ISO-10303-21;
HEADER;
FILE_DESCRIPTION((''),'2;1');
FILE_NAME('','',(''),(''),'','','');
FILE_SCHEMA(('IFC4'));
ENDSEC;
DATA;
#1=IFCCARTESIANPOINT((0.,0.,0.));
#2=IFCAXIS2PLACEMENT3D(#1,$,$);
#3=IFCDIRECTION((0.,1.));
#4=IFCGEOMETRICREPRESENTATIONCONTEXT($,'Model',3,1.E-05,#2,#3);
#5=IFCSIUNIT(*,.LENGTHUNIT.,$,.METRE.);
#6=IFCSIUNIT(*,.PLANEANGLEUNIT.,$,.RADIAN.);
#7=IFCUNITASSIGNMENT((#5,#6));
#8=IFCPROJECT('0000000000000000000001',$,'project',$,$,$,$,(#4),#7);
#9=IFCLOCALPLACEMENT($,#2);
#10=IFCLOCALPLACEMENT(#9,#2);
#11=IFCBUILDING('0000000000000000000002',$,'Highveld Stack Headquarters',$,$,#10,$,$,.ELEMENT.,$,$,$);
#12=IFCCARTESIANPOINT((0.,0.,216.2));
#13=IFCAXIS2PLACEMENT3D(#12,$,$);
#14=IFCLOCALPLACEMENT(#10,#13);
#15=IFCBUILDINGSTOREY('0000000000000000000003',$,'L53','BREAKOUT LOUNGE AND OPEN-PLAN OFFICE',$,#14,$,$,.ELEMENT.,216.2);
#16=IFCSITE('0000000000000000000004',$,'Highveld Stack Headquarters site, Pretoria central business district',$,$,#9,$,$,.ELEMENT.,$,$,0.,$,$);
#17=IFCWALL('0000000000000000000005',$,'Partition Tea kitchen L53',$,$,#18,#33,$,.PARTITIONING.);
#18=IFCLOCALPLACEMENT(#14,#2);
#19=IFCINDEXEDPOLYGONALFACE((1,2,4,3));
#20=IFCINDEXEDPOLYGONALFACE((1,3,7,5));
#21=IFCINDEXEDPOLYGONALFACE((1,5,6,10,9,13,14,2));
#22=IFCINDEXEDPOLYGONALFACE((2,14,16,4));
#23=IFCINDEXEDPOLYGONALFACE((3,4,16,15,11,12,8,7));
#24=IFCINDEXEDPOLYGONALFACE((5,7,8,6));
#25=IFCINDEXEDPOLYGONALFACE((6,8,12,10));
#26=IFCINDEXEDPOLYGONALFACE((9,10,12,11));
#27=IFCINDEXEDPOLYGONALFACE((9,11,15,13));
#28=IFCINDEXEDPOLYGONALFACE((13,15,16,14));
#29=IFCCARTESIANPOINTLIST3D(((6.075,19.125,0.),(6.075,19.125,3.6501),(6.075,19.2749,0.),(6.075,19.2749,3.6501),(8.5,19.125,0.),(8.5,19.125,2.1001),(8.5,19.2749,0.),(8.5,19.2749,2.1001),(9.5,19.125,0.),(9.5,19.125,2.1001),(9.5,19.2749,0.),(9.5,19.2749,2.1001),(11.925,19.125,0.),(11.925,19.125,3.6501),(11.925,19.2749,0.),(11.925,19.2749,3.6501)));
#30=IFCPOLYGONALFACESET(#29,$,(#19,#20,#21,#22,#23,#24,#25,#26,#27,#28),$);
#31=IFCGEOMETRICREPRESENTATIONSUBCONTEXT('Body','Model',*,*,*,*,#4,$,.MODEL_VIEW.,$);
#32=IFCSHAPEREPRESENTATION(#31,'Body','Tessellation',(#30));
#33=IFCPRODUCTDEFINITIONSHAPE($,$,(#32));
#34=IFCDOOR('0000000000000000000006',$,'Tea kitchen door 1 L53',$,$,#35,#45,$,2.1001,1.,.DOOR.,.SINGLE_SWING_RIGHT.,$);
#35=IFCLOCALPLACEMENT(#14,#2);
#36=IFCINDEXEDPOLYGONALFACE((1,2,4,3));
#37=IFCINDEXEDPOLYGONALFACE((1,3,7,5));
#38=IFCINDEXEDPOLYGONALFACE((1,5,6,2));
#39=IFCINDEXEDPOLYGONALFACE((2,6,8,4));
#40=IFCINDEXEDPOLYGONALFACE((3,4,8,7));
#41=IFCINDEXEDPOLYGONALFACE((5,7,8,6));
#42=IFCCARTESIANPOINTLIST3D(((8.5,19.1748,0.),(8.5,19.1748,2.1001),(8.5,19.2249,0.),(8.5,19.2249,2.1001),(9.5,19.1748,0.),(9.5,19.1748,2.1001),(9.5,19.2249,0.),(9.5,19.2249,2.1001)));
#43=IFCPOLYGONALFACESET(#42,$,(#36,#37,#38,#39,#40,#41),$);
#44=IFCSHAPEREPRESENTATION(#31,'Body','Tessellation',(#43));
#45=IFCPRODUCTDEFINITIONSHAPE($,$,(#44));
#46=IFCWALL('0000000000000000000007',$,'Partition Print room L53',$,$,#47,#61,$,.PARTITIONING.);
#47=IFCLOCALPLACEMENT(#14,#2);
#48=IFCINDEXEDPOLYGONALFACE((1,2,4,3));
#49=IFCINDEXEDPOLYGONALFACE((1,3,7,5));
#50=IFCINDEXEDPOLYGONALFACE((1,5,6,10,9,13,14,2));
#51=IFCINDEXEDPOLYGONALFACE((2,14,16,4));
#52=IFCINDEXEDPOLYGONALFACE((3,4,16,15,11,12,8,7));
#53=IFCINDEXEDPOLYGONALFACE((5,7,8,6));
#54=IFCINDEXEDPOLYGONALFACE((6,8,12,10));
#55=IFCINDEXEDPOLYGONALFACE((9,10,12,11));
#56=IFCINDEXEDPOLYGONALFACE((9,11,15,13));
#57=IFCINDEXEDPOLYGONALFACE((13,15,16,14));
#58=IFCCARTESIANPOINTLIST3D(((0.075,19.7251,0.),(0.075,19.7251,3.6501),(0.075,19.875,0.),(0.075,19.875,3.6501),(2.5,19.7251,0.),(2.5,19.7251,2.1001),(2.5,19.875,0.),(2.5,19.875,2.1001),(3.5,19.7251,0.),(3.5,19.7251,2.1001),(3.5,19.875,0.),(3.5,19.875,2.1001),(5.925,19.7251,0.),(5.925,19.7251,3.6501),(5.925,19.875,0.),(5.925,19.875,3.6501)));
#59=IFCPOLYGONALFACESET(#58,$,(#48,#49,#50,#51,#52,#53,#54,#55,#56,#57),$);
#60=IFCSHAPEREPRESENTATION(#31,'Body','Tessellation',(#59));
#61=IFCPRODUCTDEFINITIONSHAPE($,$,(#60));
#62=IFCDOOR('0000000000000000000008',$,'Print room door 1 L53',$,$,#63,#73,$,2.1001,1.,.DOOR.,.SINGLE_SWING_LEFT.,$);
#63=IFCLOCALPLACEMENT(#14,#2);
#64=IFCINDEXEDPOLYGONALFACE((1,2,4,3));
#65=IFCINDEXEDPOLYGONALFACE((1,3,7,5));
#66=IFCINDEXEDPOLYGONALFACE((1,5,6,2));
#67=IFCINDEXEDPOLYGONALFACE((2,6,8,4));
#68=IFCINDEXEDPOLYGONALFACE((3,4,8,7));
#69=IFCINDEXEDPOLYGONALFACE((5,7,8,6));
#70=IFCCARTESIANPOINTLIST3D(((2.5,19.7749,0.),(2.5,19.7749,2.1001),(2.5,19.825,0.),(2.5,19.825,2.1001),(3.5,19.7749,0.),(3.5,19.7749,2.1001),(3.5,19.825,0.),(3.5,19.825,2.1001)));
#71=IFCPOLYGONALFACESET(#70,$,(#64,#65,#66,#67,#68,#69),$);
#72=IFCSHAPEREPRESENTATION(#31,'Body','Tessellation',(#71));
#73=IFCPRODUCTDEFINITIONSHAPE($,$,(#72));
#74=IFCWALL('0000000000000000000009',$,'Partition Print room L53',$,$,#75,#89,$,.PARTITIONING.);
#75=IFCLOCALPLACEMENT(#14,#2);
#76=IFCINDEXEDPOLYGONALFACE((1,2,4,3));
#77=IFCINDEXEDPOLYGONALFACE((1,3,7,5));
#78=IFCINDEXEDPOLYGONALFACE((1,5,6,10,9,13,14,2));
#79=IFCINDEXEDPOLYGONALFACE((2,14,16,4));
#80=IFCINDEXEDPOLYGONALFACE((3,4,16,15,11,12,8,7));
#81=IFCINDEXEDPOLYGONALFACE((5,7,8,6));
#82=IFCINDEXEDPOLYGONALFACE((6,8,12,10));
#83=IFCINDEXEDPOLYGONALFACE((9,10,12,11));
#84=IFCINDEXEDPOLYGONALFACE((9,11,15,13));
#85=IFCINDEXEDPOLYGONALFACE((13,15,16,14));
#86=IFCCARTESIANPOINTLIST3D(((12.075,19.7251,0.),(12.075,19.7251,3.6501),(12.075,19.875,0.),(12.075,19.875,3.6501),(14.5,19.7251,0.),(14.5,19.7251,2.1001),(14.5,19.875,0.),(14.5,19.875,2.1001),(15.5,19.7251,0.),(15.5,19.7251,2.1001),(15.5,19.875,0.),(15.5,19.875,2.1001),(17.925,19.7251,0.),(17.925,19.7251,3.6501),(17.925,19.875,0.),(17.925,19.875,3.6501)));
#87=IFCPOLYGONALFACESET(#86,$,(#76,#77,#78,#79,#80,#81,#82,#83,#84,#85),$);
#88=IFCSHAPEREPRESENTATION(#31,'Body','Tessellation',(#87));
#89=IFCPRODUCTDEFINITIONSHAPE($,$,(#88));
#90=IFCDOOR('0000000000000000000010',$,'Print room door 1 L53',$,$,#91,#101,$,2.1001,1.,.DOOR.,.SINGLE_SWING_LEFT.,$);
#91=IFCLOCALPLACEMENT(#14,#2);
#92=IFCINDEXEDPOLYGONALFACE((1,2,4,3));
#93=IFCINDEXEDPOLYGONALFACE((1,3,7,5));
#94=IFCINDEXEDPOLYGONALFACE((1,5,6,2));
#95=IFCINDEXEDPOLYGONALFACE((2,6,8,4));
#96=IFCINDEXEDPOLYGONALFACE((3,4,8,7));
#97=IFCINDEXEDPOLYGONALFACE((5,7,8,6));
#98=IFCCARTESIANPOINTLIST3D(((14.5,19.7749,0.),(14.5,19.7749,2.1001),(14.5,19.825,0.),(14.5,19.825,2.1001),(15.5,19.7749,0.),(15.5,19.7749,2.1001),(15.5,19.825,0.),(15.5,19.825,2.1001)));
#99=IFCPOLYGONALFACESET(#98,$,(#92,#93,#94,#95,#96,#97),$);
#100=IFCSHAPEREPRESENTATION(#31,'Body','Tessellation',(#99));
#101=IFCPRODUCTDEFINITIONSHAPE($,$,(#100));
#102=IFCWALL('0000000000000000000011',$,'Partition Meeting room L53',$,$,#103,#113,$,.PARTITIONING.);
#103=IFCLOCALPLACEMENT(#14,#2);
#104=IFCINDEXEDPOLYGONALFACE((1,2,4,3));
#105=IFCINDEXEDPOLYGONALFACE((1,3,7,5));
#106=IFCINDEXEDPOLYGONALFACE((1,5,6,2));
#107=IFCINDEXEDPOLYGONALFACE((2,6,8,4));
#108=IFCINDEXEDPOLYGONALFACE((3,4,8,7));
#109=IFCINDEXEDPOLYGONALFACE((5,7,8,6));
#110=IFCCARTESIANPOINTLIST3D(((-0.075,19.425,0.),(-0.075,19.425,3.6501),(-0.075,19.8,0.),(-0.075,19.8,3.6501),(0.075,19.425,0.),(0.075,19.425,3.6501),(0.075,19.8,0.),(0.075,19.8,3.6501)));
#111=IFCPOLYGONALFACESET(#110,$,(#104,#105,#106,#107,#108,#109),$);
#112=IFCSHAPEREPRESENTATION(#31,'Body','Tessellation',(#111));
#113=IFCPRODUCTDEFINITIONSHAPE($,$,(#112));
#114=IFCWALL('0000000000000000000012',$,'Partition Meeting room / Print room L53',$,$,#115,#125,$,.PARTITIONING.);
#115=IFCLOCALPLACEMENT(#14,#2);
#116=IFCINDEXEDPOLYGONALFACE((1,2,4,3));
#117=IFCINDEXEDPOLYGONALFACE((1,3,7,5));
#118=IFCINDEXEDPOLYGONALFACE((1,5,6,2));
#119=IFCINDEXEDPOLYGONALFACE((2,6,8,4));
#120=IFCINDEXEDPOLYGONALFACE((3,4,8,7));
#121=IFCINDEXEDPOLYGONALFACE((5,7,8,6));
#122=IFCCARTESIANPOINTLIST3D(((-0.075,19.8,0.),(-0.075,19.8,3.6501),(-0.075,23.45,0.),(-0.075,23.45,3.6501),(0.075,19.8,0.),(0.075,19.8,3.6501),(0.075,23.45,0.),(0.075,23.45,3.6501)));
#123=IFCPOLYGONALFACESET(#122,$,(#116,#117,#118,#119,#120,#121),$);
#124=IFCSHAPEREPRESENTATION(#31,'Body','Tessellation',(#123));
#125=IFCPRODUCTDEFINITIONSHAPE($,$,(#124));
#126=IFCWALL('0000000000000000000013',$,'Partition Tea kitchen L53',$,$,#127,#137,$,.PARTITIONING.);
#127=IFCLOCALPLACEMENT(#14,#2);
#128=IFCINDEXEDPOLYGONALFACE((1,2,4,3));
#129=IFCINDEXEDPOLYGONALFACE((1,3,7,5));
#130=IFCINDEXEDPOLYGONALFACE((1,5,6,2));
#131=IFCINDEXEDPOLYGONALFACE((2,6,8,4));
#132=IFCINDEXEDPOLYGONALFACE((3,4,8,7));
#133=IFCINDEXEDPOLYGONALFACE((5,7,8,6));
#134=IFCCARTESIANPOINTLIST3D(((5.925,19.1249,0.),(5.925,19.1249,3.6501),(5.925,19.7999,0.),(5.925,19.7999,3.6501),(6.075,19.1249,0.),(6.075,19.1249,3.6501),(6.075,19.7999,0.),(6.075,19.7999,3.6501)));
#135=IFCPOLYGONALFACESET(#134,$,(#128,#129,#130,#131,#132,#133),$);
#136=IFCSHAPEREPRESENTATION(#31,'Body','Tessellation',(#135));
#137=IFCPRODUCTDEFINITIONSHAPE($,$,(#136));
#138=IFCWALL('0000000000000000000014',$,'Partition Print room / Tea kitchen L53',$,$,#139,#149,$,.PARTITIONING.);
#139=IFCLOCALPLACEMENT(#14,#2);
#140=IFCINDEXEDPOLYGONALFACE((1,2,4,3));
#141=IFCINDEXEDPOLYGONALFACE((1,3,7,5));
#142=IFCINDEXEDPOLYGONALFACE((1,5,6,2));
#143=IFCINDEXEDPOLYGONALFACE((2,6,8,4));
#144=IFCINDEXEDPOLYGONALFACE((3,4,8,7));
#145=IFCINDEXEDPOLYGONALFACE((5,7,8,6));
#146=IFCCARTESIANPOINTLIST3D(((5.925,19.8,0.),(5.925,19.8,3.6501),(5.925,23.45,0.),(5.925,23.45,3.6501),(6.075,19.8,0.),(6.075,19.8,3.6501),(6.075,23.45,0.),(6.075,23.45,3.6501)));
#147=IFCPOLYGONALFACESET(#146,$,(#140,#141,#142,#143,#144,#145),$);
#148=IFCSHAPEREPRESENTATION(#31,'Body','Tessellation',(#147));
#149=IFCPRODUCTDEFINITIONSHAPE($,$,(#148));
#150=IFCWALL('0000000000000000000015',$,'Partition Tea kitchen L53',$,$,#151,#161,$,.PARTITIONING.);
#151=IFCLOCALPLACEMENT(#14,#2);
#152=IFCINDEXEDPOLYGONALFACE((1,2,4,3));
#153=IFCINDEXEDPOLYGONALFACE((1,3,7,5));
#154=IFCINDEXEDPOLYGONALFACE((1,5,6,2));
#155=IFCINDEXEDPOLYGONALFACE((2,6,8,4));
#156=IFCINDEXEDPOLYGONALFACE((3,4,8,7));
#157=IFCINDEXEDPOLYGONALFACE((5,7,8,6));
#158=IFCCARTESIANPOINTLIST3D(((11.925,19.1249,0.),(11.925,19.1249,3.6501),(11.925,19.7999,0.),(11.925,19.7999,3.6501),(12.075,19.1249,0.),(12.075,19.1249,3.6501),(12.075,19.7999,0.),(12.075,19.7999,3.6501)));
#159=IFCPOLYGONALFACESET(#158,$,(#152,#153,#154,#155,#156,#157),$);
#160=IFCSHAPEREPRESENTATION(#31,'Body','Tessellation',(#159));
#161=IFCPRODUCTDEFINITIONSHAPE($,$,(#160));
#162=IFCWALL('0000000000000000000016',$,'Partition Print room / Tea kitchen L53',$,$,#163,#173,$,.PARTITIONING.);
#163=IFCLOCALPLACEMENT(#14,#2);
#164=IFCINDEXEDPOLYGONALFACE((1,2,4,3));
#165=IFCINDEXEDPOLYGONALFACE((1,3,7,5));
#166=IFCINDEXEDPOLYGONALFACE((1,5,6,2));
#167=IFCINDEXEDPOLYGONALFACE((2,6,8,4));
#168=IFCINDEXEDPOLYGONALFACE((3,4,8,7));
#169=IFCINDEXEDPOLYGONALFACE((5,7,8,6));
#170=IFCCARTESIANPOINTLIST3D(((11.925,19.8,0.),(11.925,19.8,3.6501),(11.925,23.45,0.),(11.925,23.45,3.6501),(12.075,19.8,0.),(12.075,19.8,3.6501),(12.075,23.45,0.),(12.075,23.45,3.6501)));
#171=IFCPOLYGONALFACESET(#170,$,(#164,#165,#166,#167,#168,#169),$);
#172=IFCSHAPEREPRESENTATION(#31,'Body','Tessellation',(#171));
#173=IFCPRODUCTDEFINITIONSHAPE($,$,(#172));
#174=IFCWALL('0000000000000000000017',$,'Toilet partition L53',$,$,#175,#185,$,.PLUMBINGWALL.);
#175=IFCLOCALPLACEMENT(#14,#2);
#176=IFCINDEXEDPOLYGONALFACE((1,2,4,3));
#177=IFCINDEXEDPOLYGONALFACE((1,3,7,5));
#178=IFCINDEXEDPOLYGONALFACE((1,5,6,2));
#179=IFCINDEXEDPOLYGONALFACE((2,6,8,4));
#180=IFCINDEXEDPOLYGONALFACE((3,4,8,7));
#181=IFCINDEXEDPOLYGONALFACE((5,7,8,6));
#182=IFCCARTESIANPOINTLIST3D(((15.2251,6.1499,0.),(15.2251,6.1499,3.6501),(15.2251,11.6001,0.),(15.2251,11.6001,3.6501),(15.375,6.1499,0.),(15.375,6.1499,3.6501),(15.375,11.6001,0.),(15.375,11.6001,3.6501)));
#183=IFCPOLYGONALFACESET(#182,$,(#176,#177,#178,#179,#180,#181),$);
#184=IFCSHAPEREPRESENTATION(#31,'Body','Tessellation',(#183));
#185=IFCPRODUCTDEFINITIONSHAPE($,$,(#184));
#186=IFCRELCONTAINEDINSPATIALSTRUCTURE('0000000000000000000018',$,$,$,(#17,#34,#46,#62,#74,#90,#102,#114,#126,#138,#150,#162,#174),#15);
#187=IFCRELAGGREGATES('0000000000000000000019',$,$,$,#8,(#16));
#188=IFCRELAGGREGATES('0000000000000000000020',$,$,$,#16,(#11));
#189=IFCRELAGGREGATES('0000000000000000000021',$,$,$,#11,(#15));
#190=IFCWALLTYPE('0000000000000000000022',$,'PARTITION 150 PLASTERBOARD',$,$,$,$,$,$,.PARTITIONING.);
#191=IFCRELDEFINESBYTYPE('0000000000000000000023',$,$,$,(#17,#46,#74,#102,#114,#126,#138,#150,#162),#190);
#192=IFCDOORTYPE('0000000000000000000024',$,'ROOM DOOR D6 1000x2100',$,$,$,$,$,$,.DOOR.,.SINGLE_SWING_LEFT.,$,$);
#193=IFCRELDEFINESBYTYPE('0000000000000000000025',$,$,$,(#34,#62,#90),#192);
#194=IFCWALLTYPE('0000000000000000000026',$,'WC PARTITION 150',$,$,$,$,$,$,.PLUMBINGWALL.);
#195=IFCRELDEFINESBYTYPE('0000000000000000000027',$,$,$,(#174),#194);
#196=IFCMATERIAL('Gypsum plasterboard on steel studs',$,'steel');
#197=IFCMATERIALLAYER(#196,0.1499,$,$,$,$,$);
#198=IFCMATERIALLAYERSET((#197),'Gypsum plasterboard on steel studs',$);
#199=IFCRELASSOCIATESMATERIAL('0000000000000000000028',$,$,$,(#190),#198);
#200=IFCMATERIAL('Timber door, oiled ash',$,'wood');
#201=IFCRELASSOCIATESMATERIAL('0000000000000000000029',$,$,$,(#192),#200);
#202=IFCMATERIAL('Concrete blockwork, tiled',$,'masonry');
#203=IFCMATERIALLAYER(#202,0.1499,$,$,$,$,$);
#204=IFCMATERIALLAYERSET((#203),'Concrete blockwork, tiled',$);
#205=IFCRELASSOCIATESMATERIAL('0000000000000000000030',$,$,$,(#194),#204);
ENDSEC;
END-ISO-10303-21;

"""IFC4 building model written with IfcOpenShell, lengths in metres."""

from ifc_helpers import new_model, si_unit, direction, frame, frame_2d, origin, place, context, subcontext, project, spatial, rectangle, extrude, material, layer, layer_set, type_object, element, fill, save


model = new_model("IFC4")

# Units and contexts
model_context = context("Model", 3, precision=1e-05, world=origin(), true_north=direction((0.0, 1.0)))
body_context = subcontext(model_context, "Body", "Model", "MODEL_VIEW")
ifc_project = project(units=[si_unit("LENGTHUNIT", "METRE"), si_unit("PLANEANGLEUNIT", "RADIAN")], contexts=[model_context])

# Site, building, storey
site_placement = place(None, origin())
site = spatial("IfcSite", under=ifc_project, at=site_placement, Name="Highveld Stack Headquarters site, Pretoria central business district", CompositionType="ELEMENT", RefElevation=0.0)
building_placement = place(site_placement, origin())
building = spatial("IfcBuilding", under=site, at=building_placement, Name="Highveld Stack Headquarters", CompositionType="ELEMENT")
storey_placement = place(building_placement, frame((0.0, 0.0, 216.2)))
storey = spatial("IfcBuildingStorey", under=building, at=storey_placement, Name="L53", Description="BREAKOUT LOUNGE AND OPEN-PLAN OFFICE", CompositionType="ELEMENT", Elevation=216.2)

# Walls, openings, doors
ifc_material_1 = material(Name="Gypsum plasterboard on steel studs", Category="steel")
ifc_layer_1 = layer(ifc_material_1, 0.1499)
ifc_layer_set_1 = layer_set([ifc_layer_1], Name="Gypsum plasterboard on steel studs")
wall_type_1 = type_object("IfcWallType", Name="PARTITION 150 PLASTERBOARD", PredefinedType="PARTITIONING", material=ifc_layer_set_1)
wall_1_placement = place(storey_placement, frame((6.075, 19.2, 0.0), z_axis=(0.0, 0.0, 1.0), x_axis=(1.0, 0.0, 0.0)))
wall_1 = element("IfcWall", 1, at=wall_1_placement, inside=storey, type_object=wall_type_1, Name="Partition Tea kitchen L53", PredefinedType="PARTITIONING", context=body_context, shape_type="SweptSolid", body=[
    extrude(rectangle(XDim=5.8501, YDim=0.1499, at=frame_2d((2.925, 0.0))), origin(), (0.0, 0.0, 1.0), 3.6501),
])
opening_1_placement = place(wall_1_placement, frame((2.425, 0.0, 0.0)))
opening_1 = element("IfcOpeningElement", 2, at=opening_1_placement, cuts=wall_1, PredefinedType="OPENING", context=body_context, shape_type="SweptSolid", body=[
    extrude(rectangle(XDim=1.0, YDim=2.1001, at=frame_2d((0.5, 1.05))), frame((0.0, 0.085, 0.0), z_axis=(0.0, -1.0, 0.0), x_axis=(1.0, 0.0, 0.0)), (0.0, 0.0, 1.0), 0.1699),
])
ifc_material_2 = material(Name="Timber door, oiled ash", Category="wood")
door_type_1 = type_object("IfcDoorType", Name="ROOM DOOR D6 1000x2100", OperationType="SINGLE_SWING_LEFT", PredefinedType="DOOR", material=ifc_material_2)
door_1_placement = place(opening_1_placement, origin())
door_1 = element("IfcDoor", 3, at=door_1_placement, inside=storey, type_object=door_type_1, Name="Tea kitchen door 1 L53", OperationType="SINGLE_SWING_RIGHT", OverallHeight=2.1001, OverallWidth=1.0, PredefinedType="DOOR", context=body_context, shape_type="SweptSolid", body=[
    extrude(rectangle(XDim=1.0, YDim=2.1001, at=frame_2d((0.5, 1.05))), frame((0.0, 0.0249, 0.0), z_axis=(0.0, -1.0, 0.0), x_axis=(1.0, 0.0, 0.0)), (0.0, 0.0, 1.0), 0.05),
])
fill(opening_1, door_1)
wall_2_placement = place(storey_placement, frame((0.075, 19.8, 0.0), z_axis=(0.0, 0.0, 1.0), x_axis=(1.0, 0.0, 0.0)))
wall_2 = element("IfcWall", 4, at=wall_2_placement, inside=storey, type_object=wall_type_1, Name="Partition Print room L53", PredefinedType="PARTITIONING", context=body_context, shape_type="SweptSolid", body=[
    extrude(rectangle(XDim=5.8501, YDim=0.1499, at=frame_2d((2.925, 0.0))), origin(), (0.0, 0.0, 1.0), 3.6501),
])
opening_2_placement = place(wall_2_placement, frame((2.425, 0.0, 0.0)))
opening_2 = element("IfcOpeningElement", 5, at=opening_2_placement, cuts=wall_2, PredefinedType="OPENING", context=body_context, shape_type="SweptSolid", body=[
    extrude(rectangle(XDim=1.0, YDim=2.1001, at=frame_2d((0.5, 1.05))), frame((0.0, 0.085, 0.0), z_axis=(0.0, -1.0, 0.0), x_axis=(1.0, 0.0, 0.0)), (0.0, 0.0, 1.0), 0.1699),
])
door_2_placement = place(opening_2_placement, origin())
door_2 = element("IfcDoor", 6, at=door_2_placement, inside=storey, type_object=door_type_1, Name="Print room door 1 L53", OperationType="SINGLE_SWING_LEFT", OverallHeight=2.1001, OverallWidth=1.0, PredefinedType="DOOR", context=body_context, shape_type="SweptSolid", body=[
    extrude(rectangle(XDim=1.0, YDim=2.1001, at=frame_2d((0.5, 1.05))), frame((0.0, 0.0249, 0.0), z_axis=(0.0, -1.0, 0.0), x_axis=(1.0, 0.0, 0.0)), (0.0, 0.0, 1.0), 0.05),
])
fill(opening_2, door_2)
wall_3_placement = place(storey_placement, frame((12.075, 19.8, 0.0), z_axis=(0.0, 0.0, 1.0), x_axis=(1.0, 0.0, 0.0)))
wall_3 = element("IfcWall", 7, at=wall_3_placement, inside=storey, type_object=wall_type_1, Name="Partition Print room L53", PredefinedType="PARTITIONING", context=body_context, shape_type="SweptSolid", body=[
    extrude(rectangle(XDim=5.8501, YDim=0.1499, at=frame_2d((2.925, 0.0))), origin(), (0.0, 0.0, 1.0), 3.6501),
])
opening_3_placement = place(wall_3_placement, frame((2.425, 0.0, 0.0)))
opening_3 = element("IfcOpeningElement", 8, at=opening_3_placement, cuts=wall_3, PredefinedType="OPENING", context=body_context, shape_type="SweptSolid", body=[
    extrude(rectangle(XDim=1.0, YDim=2.1001, at=frame_2d((0.5, 1.05))), frame((0.0, 0.085, 0.0), z_axis=(0.0, -1.0, 0.0), x_axis=(1.0, 0.0, 0.0)), (0.0, 0.0, 1.0), 0.1699),
])
door_3_placement = place(opening_3_placement, origin())
door_3 = element("IfcDoor", 9, at=door_3_placement, inside=storey, type_object=door_type_1, Name="Print room door 1 L53", OperationType="SINGLE_SWING_LEFT", OverallHeight=2.1001, OverallWidth=1.0, PredefinedType="DOOR", context=body_context, shape_type="SweptSolid", body=[
    extrude(rectangle(XDim=1.0, YDim=2.1001, at=frame_2d((0.5, 1.05))), frame((0.0, 0.0249, 0.0), z_axis=(0.0, -1.0, 0.0), x_axis=(1.0, 0.0, 0.0)), (0.0, 0.0, 1.0), 0.05),
])
fill(opening_3, door_3)

# Walls
wall_4_placement = place(storey_placement, frame((0.0, 19.425, 0.0), z_axis=(0.0, 0.0, 1.0), x_axis=(0.0, 1.0, 0.0)))
element("IfcWall", 10, at=wall_4_placement, inside=storey, type_object=wall_type_1, Name="Partition Meeting room L53", PredefinedType="PARTITIONING", context=body_context, shape_type="SweptSolid", body=[
    extrude(rectangle(XDim=0.375, YDim=0.1499, at=frame_2d((0.1875, 0.0))), origin(), (0.0, 0.0, 1.0), 3.6501),
])
wall_5_placement = place(storey_placement, frame((0.0, 19.8, 0.0), z_axis=(0.0, 0.0, 1.0), x_axis=(0.0, 1.0, 0.0)))
element("IfcWall", 11, at=wall_5_placement, inside=storey, type_object=wall_type_1, Name="Partition Meeting room / Print room L53", PredefinedType="PARTITIONING", context=body_context, shape_type="SweptSolid", body=[
    extrude(rectangle(XDim=3.6499, YDim=0.1499, at=frame_2d((1.825, 0.0))), origin(), (0.0, 0.0, 1.0), 3.6501),
])
wall_6_placement = place(storey_placement, frame((6.0, 19.125, 0.0), z_axis=(0.0, 0.0, 1.0), x_axis=(0.0, 1.0, 0.0)))
element("IfcWall", 12, at=wall_6_placement, inside=storey, type_object=wall_type_1, Name="Partition Tea kitchen L53", PredefinedType="PARTITIONING", context=body_context, shape_type="SweptSolid", body=[
    extrude(rectangle(XDim=0.675, YDim=0.1499, at=frame_2d((0.3374, 0.0))), origin(), (0.0, 0.0, 1.0), 3.6501),
])
wall_7_placement = place(storey_placement, frame((6.0, 19.8, 0.0), z_axis=(0.0, 0.0, 1.0), x_axis=(0.0, 1.0, 0.0)))
element("IfcWall", 13, at=wall_7_placement, inside=storey, type_object=wall_type_1, Name="Partition Print room / Tea kitchen L53", PredefinedType="PARTITIONING", context=body_context, shape_type="SweptSolid", body=[
    extrude(rectangle(XDim=3.6499, YDim=0.1499, at=frame_2d((1.825, 0.0))), origin(), (0.0, 0.0, 1.0), 3.6501),
])
wall_8_placement = place(storey_placement, frame((12.0, 19.125, 0.0), z_axis=(0.0, 0.0, 1.0), x_axis=(0.0, 1.0, 0.0)))
element("IfcWall", 14, at=wall_8_placement, inside=storey, type_object=wall_type_1, Name="Partition Tea kitchen L53", PredefinedType="PARTITIONING", context=body_context, shape_type="SweptSolid", body=[
    extrude(rectangle(XDim=0.675, YDim=0.1499, at=frame_2d((0.3374, 0.0))), origin(), (0.0, 0.0, 1.0), 3.6501),
])
wall_9_placement = place(storey_placement, frame((12.0, 19.8, 0.0), z_axis=(0.0, 0.0, 1.0), x_axis=(0.0, 1.0, 0.0)))
element("IfcWall", 15, at=wall_9_placement, inside=storey, type_object=wall_type_1, Name="Partition Print room / Tea kitchen L53", PredefinedType="PARTITIONING", context=body_context, shape_type="SweptSolid", body=[
    extrude(rectangle(XDim=3.6499, YDim=0.1499, at=frame_2d((1.825, 0.0))), origin(), (0.0, 0.0, 1.0), 3.6501),
])
ifc_material_3 = material(Name="Concrete blockwork, tiled", Category="masonry")
ifc_layer_2 = layer(ifc_material_3, 0.1499)
ifc_layer_set_2 = layer_set([ifc_layer_2], Name="Concrete blockwork, tiled")
wall_type_2 = type_object("IfcWallType", Name="WC PARTITION 150", PredefinedType="PLUMBINGWALL", material=ifc_layer_set_2)
wall_10_placement = place(storey_placement, frame((15.3, 6.1499, 0.0), z_axis=(0.0, 0.0, 1.0), x_axis=(0.0, 1.0, 0.0)))
element("IfcWall", 16, at=wall_10_placement, inside=storey, type_object=wall_type_2, Name="Toilet partition L53", PredefinedType="PLUMBINGWALL", context=body_context, shape_type="SweptSolid", body=[
    extrude(rectangle(XDim=5.4502, YDim=0.1499, at=frame_2d((2.7251, 0.0))), origin(), (0.0, 0.0, 1.0), 3.6501),
])

save(model, "model.ifc")
